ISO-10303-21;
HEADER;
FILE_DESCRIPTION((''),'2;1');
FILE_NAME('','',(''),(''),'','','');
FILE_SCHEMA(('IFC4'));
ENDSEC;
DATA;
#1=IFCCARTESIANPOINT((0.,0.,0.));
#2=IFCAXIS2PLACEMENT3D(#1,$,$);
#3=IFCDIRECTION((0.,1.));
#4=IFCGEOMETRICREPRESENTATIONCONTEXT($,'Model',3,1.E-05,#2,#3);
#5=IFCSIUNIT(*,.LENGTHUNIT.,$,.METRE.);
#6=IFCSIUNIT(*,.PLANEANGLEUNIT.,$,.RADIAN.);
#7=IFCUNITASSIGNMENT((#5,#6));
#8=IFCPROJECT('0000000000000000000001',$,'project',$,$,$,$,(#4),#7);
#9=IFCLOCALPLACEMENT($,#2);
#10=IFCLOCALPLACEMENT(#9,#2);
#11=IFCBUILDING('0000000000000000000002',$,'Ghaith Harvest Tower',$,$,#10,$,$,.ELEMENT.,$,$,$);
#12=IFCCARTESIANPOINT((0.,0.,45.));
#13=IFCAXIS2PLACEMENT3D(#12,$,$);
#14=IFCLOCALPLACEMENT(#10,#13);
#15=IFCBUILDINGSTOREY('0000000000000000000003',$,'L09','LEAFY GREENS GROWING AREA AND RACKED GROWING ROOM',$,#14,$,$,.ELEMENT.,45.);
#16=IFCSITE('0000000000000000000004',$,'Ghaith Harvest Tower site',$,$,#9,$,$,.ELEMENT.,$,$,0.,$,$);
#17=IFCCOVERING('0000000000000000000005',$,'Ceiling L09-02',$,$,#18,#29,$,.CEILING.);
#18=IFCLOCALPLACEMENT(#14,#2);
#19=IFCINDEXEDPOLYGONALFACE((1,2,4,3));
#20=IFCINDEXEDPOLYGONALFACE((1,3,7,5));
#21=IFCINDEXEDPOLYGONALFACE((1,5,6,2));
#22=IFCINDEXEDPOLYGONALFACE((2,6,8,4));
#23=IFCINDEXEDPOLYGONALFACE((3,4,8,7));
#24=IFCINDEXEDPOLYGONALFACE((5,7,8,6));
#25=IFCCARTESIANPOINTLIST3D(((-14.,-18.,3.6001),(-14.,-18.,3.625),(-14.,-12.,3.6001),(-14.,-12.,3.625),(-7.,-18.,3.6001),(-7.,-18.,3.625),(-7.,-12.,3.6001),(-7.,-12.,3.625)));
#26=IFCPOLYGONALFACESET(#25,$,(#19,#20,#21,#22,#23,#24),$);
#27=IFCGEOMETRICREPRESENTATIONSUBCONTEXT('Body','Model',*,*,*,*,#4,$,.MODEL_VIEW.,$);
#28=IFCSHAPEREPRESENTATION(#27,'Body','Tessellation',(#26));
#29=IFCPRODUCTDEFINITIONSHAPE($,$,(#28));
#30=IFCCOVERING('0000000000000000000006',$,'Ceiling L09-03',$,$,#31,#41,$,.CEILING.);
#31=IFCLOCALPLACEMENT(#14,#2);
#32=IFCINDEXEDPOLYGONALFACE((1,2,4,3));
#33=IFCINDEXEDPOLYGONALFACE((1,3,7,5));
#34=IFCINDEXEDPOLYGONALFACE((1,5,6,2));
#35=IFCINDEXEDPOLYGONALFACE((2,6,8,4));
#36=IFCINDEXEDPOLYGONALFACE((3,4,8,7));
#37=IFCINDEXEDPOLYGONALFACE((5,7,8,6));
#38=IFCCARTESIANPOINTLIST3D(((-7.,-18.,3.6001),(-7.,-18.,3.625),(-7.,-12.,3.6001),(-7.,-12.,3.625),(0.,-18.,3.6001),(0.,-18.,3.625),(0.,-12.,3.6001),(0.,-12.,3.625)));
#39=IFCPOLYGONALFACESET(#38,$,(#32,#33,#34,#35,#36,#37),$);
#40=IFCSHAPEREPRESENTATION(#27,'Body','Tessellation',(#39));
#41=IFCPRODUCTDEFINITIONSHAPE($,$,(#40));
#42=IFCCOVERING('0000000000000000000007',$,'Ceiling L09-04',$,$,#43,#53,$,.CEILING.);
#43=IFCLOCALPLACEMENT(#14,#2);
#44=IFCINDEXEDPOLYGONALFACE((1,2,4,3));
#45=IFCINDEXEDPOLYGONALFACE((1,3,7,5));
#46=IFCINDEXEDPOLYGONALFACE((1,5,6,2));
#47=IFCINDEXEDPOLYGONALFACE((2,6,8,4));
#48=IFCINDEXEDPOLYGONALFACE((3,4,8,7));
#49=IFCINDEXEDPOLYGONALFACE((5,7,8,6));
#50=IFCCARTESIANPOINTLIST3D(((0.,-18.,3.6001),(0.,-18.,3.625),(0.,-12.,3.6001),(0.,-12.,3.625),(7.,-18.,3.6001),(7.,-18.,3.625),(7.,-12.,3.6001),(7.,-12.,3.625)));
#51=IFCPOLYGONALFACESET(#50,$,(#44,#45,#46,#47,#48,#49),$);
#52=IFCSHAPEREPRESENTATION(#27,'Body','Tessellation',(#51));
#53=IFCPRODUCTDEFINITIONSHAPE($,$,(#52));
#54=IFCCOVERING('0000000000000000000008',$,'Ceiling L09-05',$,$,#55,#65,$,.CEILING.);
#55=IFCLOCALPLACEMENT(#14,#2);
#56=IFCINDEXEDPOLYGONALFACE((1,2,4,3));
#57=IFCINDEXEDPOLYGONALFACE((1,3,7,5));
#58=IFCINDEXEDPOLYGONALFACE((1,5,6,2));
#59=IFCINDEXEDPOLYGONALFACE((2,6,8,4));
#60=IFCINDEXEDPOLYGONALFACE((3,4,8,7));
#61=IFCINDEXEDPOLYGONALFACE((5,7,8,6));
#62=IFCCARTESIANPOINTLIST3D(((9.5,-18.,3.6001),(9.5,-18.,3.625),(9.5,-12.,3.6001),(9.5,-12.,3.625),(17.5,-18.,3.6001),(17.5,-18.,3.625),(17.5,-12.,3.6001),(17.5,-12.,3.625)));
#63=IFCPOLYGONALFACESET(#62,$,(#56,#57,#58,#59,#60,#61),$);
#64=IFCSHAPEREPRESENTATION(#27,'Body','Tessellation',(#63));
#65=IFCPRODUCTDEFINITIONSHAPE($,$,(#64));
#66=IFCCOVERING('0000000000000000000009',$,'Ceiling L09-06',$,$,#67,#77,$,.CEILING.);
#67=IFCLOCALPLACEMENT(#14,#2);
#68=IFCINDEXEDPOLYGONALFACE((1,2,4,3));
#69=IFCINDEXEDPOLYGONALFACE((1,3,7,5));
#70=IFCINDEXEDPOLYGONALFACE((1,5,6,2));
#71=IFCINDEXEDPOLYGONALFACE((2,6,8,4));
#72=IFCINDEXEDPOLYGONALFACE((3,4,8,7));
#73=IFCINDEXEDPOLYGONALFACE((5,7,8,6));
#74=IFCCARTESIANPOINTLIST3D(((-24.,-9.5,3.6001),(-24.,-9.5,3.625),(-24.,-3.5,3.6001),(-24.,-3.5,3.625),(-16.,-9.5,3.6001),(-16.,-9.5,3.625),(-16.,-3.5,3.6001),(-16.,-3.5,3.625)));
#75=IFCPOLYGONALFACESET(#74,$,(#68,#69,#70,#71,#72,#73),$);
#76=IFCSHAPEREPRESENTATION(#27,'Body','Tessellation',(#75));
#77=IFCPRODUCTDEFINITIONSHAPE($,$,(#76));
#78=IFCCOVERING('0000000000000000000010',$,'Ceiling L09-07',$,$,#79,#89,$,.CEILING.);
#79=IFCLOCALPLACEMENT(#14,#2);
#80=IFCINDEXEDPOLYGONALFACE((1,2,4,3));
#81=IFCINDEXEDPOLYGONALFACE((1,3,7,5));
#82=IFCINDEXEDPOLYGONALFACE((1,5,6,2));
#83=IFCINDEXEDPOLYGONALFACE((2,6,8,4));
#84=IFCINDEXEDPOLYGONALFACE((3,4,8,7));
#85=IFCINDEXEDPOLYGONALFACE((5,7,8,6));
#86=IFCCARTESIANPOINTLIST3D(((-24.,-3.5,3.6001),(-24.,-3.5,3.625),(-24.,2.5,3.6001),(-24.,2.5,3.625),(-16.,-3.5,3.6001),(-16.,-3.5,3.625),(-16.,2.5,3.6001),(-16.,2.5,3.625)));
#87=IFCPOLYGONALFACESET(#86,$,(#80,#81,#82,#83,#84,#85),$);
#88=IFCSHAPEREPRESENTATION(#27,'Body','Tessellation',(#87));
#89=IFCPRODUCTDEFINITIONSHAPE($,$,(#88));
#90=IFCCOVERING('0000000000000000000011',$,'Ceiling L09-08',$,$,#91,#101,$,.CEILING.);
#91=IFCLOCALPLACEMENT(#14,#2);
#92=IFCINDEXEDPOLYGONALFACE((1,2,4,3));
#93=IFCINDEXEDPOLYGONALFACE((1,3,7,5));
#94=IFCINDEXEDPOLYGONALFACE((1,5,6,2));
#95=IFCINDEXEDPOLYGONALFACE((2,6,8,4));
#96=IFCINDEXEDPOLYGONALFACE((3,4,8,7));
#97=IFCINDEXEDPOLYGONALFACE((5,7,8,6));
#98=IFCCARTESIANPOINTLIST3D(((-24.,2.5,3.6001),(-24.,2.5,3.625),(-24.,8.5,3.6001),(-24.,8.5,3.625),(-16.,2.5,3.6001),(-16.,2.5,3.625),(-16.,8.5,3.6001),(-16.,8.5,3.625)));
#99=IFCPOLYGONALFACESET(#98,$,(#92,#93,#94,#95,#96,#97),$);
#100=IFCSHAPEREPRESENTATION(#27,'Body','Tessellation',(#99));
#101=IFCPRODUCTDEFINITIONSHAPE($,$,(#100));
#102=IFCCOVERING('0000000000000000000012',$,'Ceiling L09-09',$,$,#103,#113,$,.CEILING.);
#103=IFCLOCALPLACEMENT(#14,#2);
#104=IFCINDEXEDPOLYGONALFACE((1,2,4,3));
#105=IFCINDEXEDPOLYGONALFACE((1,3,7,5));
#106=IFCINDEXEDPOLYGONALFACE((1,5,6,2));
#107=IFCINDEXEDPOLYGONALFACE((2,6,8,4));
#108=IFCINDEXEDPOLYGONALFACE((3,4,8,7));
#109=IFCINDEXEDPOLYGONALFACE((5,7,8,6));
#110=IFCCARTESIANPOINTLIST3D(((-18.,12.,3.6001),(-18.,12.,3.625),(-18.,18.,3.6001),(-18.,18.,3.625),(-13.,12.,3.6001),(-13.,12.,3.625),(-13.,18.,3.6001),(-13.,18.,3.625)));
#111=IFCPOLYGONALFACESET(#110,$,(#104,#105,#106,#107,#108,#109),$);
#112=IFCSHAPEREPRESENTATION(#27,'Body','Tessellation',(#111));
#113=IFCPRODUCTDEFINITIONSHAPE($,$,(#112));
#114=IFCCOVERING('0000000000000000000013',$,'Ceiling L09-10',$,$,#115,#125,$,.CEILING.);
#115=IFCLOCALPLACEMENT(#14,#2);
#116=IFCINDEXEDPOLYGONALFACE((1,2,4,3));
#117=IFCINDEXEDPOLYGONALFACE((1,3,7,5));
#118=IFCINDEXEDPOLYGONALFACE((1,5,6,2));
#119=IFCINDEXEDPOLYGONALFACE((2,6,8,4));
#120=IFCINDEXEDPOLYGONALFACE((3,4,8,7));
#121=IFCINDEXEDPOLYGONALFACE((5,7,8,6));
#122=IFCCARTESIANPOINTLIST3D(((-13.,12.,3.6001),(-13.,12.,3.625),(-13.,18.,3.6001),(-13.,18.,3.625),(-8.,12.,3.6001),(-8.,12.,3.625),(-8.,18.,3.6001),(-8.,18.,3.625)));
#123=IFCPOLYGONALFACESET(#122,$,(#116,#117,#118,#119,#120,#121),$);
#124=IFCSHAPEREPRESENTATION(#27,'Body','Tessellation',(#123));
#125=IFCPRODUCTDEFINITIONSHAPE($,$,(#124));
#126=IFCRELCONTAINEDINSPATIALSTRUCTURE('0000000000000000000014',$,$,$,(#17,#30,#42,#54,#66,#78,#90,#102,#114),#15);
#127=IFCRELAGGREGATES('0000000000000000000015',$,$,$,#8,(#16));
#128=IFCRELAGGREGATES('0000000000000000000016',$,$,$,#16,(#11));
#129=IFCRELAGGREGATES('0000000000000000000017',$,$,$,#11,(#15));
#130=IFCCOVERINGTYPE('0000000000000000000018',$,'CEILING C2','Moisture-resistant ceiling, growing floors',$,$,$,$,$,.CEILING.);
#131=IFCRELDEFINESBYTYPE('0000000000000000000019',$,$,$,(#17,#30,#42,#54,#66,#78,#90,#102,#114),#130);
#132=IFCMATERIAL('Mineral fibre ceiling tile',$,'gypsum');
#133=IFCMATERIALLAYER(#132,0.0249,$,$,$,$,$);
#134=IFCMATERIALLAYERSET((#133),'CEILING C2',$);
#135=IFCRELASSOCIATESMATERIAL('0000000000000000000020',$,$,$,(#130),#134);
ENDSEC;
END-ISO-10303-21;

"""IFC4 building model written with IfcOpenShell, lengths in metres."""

from ifc_helpers import new_model, si_unit, direction, frame, origin, place, context, subcontext, project, spatial, polyline, outline, extrude, material, layer, layer_set, type_object, element, save


model = new_model("IFC4")

# Units and contexts
model_context = context("Model", 3, precision=1e-05, world=origin(), true_north=direction((0.0, 1.0)))
body_context = subcontext(model_context, "Body", "Model", "MODEL_VIEW")
ifc_project = project(units=[si_unit("LENGTHUNIT", "METRE"), si_unit("PLANEANGLEUNIT", "RADIAN")], contexts=[model_context])

# Site, building, storey
site_placement = place(None, origin())
site = spatial("IfcSite", under=ifc_project, at=site_placement, Name="Ghaith Harvest Tower site", CompositionType="ELEMENT", RefElevation=0.0)
building_placement = place(site_placement, origin())
building = spatial("IfcBuilding", under=site, at=building_placement, Name="Ghaith Harvest Tower", CompositionType="ELEMENT")
storey_placement = place(building_placement, frame((0.0, 0.0, 45.0)))
storey = spatial("IfcBuildingStorey", under=building, at=storey_placement, Name="L09", Description="LEAFY GREENS GROWING AREA AND RACKED GROWING ROOM", CompositionType="ELEMENT", Elevation=45.0)

# Coverings
ifc_material_1 = material(Name="Mineral fibre ceiling tile", Category="gypsum")
ifc_layer_1 = layer(ifc_material_1, 0.0249)
ifc_layer_set_1 = layer_set([ifc_layer_1], Name="CEILING C2")
covering_type = type_object("IfcCoveringType", Name="CEILING C2", Description="Moisture-resistant ceiling, growing floors", PredefinedType="CEILING", material=ifc_layer_set_1)
covering_1_placement = place(storey_placement, frame((0.0, 0.0, 3.6001)))
element("IfcCovering", 1, at=covering_1_placement, inside=storey, type_object=covering_type, Name="Ceiling L09-02", PredefinedType="CEILING", context=body_context, shape_type="SweptSolid", body=[
    extrude(outline(polyline([(-14.0, -18.0), (-7.0, -18.0), (-7.0, -12.0), (-14.0, -12.0), (-14.0, -18.0)])), origin(), (0.0, 0.0, 1.0), 0.0249),
])
covering_2_placement = place(storey_placement, frame((0.0, 0.0, 3.6001)))
element("IfcCovering", 2, at=covering_2_placement, inside=storey, type_object=covering_type, Name="Ceiling L09-03", PredefinedType="CEILING", context=body_context, shape_type="SweptSolid", body=[
    extrude(outline(polyline([(-7.0, -18.0), (0.0, -18.0), (0.0, -12.0), (-7.0, -12.0), (-7.0, -18.0)])), origin(), (0.0, 0.0, 1.0), 0.0249),
])
covering_3_placement = place(storey_placement, frame((0.0, 0.0, 3.6001)))
element("IfcCovering", 3, at=covering_3_placement, inside=storey, type_object=covering_type, Name="Ceiling L09-04", PredefinedType="CEILING", context=body_context, shape_type="SweptSolid", body=[
    extrude(outline(polyline([(0.0, -18.0), (7.0, -18.0), (7.0, -12.0), (0.0, -12.0), (0.0, -18.0)])), origin(), (0.0, 0.0, 1.0), 0.0249),
])
covering_4_placement = place(storey_placement, frame((0.0, 0.0, 3.6001)))
element("IfcCovering", 4, at=covering_4_placement, inside=storey, type_object=covering_type, Name="Ceiling L09-05", PredefinedType="CEILING", context=body_context, shape_type="SweptSolid", body=[
    extrude(outline(polyline([(9.5, -18.0), (17.5, -18.0), (17.5, -12.0), (9.5, -12.0), (9.5, -18.0)])), origin(), (0.0, 0.0, 1.0), 0.0249),
])
covering_5_placement = place(storey_placement, frame((0.0, 0.0, 3.6001)))
element("IfcCovering", 5, at=covering_5_placement, inside=storey, type_object=covering_type, Name="Ceiling L09-06", PredefinedType="CEILING", context=body_context, shape_type="SweptSolid", body=[
    extrude(outline(polyline([(-24.0, -9.5), (-16.0, -9.5), (-16.0, -3.5), (-24.0, -3.5), (-24.0, -9.5)])), origin(), (0.0, 0.0, 1.0), 0.0249),
])
covering_6_placement = place(storey_placement, frame((0.0, 0.0, 3.6001)))
element("IfcCovering", 6, at=covering_6_placement, inside=storey, type_object=covering_type, Name="Ceiling L09-07", PredefinedType="CEILING", context=body_context, shape_type="SweptSolid", body=[
    extrude(outline(polyline([(-24.0, -3.5), (-16.0, -3.5), (-16.0, 2.5), (-24.0, 2.5), (-24.0, -3.5)])), origin(), (0.0, 0.0, 1.0), 0.0249),
])
covering_7_placement = place(storey_placement, frame((0.0, 0.0, 3.6001)))
element("IfcCovering", 7, at=covering_7_placement, inside=storey, type_object=covering_type, Name="Ceiling L09-08", PredefinedType="CEILING", context=body_context, shape_type="SweptSolid", body=[
    extrude(outline(polyline([(-24.0, 2.5), (-16.0, 2.5), (-16.0, 8.5), (-24.0, 8.5), (-24.0, 2.5)])), origin(), (0.0, 0.0, 1.0), 0.0249),
])
covering_8_placement = place(storey_placement, frame((0.0, 0.0, 3.6001)))
element("IfcCovering", 8, at=covering_8_placement, inside=storey, type_object=covering_type, Name="Ceiling L09-09", PredefinedType="CEILING", context=body_context, shape_type="SweptSolid", body=[
    extrude(outline(polyline([(-18.0, 12.0), (-13.0, 12.0), (-13.0, 18.0), (-18.0, 18.0), (-18.0, 12.0)])), origin(), (0.0, 0.0, 1.0), 0.0249),
])
covering_9_placement = place(storey_placement, frame((0.0, 0.0, 3.6001)))
element("IfcCovering", 9, at=covering_9_placement, inside=storey, type_object=covering_type, Name="Ceiling L09-10", PredefinedType="CEILING", context=body_context, shape_type="SweptSolid", body=[
    extrude(outline(polyline([(-13.0, 12.0), (-8.0, 12.0), (-8.0, 18.0), (-13.0, 18.0), (-13.0, 12.0)])), origin(), (0.0, 0.0, 1.0), 0.0249),
])

save(model, "model.ifc")
